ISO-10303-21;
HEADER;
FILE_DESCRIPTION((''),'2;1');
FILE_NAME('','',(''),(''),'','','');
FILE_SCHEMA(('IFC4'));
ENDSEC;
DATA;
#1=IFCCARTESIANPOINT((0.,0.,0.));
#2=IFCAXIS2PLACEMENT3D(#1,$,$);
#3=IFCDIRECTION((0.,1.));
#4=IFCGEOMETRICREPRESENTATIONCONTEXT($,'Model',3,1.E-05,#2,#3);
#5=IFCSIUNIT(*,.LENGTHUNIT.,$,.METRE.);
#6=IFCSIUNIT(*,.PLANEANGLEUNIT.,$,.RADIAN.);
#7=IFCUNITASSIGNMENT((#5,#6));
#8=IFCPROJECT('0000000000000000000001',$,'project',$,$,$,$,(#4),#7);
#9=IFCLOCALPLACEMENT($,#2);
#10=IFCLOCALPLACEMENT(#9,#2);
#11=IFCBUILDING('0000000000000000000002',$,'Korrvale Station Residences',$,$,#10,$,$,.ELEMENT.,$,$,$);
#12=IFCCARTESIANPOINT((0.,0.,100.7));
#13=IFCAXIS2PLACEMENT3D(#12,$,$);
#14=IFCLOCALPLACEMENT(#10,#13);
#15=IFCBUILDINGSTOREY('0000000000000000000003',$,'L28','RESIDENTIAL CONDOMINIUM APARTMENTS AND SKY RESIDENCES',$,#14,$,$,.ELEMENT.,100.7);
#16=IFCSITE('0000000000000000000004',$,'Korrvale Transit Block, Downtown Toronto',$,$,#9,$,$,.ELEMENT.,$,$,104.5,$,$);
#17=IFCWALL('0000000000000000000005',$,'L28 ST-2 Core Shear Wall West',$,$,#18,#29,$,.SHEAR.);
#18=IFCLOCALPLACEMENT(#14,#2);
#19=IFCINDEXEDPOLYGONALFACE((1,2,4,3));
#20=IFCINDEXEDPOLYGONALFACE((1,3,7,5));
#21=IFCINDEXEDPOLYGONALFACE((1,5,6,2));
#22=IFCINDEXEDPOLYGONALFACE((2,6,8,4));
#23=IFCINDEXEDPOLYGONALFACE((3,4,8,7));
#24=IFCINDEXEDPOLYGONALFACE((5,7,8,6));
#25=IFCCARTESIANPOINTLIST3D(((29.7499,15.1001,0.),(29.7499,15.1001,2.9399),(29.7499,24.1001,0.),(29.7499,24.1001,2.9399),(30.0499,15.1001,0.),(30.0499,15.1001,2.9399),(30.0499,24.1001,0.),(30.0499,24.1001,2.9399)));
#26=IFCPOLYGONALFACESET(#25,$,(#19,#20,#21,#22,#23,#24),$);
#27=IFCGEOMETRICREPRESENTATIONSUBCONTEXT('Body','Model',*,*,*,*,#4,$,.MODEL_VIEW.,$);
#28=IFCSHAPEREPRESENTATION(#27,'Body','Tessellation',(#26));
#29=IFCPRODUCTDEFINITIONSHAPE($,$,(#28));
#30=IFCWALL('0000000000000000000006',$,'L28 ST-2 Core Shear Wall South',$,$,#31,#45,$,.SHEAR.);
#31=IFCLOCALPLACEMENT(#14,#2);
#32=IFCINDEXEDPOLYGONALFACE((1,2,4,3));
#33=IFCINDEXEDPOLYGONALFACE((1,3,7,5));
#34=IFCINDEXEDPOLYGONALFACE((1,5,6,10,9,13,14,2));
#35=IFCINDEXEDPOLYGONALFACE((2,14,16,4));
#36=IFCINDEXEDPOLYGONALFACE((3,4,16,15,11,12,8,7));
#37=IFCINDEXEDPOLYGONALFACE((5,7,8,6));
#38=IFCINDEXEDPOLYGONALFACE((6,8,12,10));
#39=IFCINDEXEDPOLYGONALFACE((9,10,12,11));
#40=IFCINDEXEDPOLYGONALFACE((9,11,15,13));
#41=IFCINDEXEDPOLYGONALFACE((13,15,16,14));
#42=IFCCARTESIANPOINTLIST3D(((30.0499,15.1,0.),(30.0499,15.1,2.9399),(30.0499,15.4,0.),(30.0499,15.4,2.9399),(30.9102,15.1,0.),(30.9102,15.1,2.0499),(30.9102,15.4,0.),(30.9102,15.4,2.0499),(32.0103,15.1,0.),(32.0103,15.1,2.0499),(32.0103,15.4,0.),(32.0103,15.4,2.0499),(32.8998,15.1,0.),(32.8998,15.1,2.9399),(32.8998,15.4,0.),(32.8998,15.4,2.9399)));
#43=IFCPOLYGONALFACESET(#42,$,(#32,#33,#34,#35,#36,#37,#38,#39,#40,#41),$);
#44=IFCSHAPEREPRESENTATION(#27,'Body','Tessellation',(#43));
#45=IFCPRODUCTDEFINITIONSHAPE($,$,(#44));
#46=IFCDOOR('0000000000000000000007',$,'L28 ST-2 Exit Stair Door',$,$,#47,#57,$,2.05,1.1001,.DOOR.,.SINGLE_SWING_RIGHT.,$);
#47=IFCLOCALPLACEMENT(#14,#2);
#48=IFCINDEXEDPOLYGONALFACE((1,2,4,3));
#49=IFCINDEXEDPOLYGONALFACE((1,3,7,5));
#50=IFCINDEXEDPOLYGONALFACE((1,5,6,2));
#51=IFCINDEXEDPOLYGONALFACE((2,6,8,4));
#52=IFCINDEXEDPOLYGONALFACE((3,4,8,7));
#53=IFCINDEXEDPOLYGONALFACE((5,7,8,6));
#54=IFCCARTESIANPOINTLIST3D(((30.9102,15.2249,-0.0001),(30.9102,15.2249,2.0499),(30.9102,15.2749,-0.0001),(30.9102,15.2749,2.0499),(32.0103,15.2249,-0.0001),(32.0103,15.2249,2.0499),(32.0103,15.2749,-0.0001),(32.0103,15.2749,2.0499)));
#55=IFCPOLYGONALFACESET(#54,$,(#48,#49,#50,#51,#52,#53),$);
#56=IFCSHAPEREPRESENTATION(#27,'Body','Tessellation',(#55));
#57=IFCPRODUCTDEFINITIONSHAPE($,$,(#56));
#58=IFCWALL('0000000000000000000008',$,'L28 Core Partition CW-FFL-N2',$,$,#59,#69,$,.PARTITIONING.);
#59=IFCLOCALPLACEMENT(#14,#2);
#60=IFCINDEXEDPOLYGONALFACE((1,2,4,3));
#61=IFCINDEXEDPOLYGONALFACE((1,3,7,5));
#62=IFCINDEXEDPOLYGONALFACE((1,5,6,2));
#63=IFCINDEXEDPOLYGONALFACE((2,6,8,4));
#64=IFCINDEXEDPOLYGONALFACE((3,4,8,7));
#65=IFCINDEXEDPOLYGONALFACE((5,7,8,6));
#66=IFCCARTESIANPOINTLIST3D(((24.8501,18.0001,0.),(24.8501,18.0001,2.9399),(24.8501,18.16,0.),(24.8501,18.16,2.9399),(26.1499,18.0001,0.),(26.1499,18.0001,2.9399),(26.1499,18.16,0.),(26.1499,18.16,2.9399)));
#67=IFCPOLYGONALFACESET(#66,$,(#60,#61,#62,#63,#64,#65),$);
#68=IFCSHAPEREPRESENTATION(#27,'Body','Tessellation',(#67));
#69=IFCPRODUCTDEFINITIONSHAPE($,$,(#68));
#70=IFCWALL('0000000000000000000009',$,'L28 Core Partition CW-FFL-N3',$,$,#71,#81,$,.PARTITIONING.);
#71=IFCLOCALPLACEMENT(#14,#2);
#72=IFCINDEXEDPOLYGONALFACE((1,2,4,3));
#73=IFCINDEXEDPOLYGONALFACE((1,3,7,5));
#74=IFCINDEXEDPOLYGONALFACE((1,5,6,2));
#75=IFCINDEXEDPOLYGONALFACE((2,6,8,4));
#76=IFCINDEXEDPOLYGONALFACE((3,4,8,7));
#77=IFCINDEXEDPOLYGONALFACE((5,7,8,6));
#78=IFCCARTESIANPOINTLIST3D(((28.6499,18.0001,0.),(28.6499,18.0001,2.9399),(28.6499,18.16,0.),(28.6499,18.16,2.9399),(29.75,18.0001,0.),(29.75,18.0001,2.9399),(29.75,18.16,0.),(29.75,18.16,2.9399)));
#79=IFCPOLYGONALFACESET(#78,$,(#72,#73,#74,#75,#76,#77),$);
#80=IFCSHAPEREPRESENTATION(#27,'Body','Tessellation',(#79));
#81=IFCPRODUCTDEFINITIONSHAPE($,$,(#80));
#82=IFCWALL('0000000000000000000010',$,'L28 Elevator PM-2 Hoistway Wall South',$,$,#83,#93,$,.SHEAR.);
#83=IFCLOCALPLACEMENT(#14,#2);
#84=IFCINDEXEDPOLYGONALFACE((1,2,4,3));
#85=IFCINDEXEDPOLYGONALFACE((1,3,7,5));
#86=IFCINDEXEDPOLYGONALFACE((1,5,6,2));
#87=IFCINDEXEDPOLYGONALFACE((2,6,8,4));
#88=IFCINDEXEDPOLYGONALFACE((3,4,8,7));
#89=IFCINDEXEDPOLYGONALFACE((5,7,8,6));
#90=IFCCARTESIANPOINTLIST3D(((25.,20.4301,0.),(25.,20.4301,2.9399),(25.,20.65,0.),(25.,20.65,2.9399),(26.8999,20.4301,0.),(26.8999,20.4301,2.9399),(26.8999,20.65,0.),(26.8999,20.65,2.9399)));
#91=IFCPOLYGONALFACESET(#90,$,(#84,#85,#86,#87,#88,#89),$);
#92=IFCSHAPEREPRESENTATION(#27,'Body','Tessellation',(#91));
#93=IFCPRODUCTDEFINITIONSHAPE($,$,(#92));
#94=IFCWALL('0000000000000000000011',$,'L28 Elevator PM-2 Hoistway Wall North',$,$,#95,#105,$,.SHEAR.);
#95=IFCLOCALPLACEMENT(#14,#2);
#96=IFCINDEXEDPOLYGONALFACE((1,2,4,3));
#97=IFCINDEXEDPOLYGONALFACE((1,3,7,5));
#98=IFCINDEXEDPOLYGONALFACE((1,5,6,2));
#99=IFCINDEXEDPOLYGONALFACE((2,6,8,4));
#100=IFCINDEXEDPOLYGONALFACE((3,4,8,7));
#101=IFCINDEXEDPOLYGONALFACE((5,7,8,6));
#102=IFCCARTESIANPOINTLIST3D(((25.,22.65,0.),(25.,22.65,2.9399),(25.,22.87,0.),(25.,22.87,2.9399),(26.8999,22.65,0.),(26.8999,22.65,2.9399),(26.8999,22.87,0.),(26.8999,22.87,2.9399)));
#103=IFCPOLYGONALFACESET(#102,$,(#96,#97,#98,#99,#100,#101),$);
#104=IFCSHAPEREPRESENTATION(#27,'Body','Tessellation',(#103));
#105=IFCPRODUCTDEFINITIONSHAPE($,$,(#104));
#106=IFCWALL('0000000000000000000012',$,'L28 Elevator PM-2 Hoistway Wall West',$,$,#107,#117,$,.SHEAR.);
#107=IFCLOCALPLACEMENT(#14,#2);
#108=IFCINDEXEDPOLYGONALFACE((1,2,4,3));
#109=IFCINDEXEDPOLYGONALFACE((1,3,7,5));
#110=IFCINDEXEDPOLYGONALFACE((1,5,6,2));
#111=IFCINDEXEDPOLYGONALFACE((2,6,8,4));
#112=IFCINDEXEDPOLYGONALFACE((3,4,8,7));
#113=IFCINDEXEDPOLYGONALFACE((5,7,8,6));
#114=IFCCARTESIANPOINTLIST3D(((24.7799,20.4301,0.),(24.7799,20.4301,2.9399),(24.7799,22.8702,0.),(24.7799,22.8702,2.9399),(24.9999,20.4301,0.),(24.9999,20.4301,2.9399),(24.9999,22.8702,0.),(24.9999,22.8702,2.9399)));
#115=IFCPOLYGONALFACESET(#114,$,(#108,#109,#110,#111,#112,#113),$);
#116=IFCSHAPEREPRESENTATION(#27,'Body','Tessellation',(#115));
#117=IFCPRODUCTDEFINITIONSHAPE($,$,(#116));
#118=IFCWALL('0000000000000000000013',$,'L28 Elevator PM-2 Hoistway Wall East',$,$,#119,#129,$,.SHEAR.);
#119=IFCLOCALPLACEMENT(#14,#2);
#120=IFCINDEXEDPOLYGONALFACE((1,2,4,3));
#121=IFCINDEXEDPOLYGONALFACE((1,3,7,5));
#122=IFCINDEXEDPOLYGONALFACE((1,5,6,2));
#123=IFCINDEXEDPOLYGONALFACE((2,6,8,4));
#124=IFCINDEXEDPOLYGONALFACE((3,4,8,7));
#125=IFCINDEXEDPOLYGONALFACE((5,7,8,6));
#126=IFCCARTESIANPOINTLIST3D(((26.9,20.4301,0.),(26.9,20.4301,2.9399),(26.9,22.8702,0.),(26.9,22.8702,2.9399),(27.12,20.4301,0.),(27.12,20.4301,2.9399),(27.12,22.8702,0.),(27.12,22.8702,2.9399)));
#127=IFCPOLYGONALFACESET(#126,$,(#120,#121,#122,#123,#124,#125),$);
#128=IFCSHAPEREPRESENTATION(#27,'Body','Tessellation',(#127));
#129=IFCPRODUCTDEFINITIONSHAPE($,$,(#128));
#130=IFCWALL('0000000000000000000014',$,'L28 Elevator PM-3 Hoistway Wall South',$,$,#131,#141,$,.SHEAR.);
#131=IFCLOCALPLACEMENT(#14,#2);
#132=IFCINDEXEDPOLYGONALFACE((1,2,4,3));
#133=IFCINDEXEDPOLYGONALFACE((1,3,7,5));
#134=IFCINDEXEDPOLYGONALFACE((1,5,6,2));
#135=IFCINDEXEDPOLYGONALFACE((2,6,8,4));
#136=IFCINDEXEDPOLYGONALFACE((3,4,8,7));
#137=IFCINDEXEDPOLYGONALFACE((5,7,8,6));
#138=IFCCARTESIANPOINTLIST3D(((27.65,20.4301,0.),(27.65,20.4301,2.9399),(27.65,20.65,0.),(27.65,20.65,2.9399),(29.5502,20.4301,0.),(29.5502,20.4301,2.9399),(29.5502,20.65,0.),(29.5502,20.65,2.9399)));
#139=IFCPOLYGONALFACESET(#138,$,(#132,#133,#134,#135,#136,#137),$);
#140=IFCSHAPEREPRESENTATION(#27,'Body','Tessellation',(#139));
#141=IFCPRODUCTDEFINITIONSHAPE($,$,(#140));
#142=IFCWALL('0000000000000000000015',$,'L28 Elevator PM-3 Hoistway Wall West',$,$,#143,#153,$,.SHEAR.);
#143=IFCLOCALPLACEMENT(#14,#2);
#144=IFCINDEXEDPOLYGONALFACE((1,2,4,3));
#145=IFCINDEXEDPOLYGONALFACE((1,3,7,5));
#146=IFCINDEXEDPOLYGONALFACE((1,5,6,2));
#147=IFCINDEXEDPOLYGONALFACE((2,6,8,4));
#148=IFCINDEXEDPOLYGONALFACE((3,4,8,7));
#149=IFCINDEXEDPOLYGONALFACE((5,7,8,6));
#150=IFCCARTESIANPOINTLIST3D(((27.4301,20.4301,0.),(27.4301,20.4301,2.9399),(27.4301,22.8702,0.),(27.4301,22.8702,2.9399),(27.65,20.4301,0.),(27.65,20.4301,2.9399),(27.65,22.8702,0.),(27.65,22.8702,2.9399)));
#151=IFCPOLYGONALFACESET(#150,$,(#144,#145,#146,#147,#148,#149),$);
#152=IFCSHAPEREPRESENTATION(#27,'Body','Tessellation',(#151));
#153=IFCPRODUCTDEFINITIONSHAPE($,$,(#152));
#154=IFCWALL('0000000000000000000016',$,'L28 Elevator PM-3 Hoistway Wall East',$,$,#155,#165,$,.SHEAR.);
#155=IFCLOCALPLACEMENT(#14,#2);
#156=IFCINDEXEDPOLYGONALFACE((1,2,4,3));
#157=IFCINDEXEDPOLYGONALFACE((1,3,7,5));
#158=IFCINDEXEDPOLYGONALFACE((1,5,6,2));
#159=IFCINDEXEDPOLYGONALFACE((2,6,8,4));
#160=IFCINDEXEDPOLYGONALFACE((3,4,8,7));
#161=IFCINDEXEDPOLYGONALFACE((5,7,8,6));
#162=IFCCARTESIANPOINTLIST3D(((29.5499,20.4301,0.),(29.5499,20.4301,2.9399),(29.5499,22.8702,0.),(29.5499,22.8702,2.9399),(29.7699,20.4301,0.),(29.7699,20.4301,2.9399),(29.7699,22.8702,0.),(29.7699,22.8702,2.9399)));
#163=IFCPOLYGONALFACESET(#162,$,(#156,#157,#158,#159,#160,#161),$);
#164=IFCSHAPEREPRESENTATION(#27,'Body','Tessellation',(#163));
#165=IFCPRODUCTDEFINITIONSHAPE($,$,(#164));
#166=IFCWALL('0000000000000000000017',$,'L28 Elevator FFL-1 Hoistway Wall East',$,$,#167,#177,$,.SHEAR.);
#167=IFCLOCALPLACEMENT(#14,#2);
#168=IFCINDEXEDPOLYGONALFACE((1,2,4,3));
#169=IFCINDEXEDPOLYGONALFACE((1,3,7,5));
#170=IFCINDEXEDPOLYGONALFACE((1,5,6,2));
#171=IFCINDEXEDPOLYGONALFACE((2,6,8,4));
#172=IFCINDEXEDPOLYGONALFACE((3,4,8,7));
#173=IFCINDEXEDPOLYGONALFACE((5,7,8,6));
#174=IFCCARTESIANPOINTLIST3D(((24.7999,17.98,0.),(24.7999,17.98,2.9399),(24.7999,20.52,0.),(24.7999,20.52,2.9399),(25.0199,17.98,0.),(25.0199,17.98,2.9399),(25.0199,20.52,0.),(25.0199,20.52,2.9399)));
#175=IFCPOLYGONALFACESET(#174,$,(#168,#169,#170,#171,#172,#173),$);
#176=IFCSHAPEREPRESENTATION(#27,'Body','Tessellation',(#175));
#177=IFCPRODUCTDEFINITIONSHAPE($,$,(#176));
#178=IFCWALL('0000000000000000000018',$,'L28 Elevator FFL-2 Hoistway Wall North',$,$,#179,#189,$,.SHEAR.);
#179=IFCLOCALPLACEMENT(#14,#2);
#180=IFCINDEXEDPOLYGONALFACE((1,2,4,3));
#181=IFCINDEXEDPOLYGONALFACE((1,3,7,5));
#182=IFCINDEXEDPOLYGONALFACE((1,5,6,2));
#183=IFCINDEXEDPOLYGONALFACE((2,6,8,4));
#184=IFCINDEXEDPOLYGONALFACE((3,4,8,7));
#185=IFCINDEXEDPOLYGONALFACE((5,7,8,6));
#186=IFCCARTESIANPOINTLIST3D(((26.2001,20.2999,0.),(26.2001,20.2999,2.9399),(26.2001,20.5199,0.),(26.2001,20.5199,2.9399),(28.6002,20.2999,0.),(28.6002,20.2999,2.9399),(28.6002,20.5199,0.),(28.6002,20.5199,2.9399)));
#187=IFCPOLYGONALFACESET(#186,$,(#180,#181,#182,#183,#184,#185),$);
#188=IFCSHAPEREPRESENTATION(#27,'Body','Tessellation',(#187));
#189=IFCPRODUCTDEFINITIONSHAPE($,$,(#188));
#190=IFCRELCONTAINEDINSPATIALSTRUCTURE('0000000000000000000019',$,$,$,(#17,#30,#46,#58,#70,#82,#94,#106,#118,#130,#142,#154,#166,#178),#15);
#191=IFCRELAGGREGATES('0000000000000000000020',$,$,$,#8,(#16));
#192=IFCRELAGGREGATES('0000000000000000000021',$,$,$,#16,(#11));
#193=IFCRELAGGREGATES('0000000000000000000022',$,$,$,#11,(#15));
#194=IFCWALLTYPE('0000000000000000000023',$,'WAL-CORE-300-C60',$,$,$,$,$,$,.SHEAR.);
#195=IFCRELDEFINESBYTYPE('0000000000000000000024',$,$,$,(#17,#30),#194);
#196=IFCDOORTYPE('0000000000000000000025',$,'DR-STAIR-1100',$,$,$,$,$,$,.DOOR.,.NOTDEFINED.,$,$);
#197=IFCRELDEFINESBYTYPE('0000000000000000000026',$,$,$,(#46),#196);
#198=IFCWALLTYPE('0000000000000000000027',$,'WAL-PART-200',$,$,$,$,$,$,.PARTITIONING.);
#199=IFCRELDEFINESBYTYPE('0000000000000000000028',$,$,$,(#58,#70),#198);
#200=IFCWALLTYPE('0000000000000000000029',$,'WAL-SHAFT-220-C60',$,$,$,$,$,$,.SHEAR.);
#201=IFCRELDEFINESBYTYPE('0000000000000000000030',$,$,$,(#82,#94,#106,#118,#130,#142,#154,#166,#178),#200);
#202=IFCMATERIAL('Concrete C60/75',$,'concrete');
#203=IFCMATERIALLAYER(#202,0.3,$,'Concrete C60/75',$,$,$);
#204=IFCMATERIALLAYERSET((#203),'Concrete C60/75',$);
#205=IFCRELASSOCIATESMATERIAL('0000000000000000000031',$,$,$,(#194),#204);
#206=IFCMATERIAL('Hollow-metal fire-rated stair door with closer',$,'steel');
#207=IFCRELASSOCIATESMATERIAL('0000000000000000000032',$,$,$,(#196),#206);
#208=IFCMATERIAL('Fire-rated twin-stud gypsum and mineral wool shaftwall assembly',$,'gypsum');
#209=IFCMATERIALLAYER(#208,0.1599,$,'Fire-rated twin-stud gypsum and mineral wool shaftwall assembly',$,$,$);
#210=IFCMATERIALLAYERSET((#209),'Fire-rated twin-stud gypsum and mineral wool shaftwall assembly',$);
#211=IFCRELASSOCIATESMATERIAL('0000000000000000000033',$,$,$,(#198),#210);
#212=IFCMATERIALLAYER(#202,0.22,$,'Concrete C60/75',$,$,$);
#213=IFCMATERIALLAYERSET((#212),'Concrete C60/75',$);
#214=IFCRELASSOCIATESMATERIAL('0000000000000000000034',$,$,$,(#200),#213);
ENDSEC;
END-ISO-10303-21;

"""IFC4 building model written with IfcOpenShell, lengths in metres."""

from ifc_helpers import new_model, si_unit, direction, frame, frame_2d, origin, place, context, subcontext, project, spatial, rectangle, extrude, material, layer, layer_set, type_object, element, fill, save


model = new_model("IFC4")

# Units and contexts
model_context = context("Model", 3, precision=1e-05, world=origin(), true_north=direction((0.0, 1.0)))
body_context = subcontext(model_context, "Body", "Model", "MODEL_VIEW")
ifc_project = project(units=[si_unit("LENGTHUNIT", "METRE"), si_unit("PLANEANGLEUNIT", "RADIAN")], contexts=[model_context])

# Site, building, storey
site_placement = place(None, origin())
site = spatial("IfcSite", under=ifc_project, at=site_placement, Name="Korrvale Transit Block, Downtown Toronto", CompositionType="ELEMENT", RefElevation=104.5)
building_placement = place(site_placement, origin())
building = spatial("IfcBuilding", under=site, at=building_placement, Name="Korrvale Station Residences", CompositionType="ELEMENT")
storey_placement = place(building_placement, frame((0.0, 0.0, 100.7)))
storey = spatial("IfcBuildingStorey", under=building, at=storey_placement, Name="L28", Description="RESIDENTIAL CONDOMINIUM APARTMENTS AND SKY RESIDENCES", CompositionType="ELEMENT", Elevation=100.7)

# Wall
ifc_material_1 = material(Name="Concrete C60/75", Category="concrete")
ifc_layer_1 = layer(ifc_material_1, 0.3, Name="Concrete C60/75")
ifc_layer_set_1 = layer_set([ifc_layer_1], Name="Concrete C60/75")
wall_type_1 = type_object("IfcWallType", Name="WAL-CORE-300-C60", PredefinedType="SHEAR", material=ifc_layer_set_1)
wall_1_placement = place(storey_placement, frame((29.8999, 15.1001, 0.0), z_axis=(0.0, 0.0, 1.0), x_axis=(0.0, 1.0, 0.0)))
element("IfcWall", 1, at=wall_1_placement, inside=storey, type_object=wall_type_1, Name="L28 ST-2 Core Shear Wall West", PredefinedType="SHEAR", context=body_context, shape_type="SweptSolid", body=[
    extrude(rectangle(XDim=9.0, YDim=0.3, at=frame_2d((4.5, 0.0))), origin(), (0.0, 0.0, 1.0), 2.9399),
])

# Wall, opening, door
wall_2_placement = place(storey_placement, frame((30.05, 15.25, 0.0), z_axis=(0.0, 0.0, 1.0), x_axis=(1.0, 0.0, 0.0)))
wall_2 = element("IfcWall", 2, at=wall_2_placement, inside=storey, type_object=wall_type_1, Name="L28 ST-2 Core Shear Wall South", PredefinedType="SHEAR", context=body_context, shape_type="SweptSolid", body=[
    extrude(rectangle(XDim=2.8499, YDim=0.3, at=frame_2d((1.4248, 0.0))), origin(), (0.0, 0.0, 1.0), 2.9399),
])
opening_1_placement = place(wall_2_placement, frame((0.8601, 0.0, 0.0)))
opening_1 = element("IfcOpeningElement", 3, at=opening_1_placement, cuts=wall_2, PredefinedType="OPENING", context=body_context, shape_type="SweptSolid", body=[
    extrude(rectangle(XDim=1.1001, YDim=2.05, at=frame_2d((0.55, 1.0249))), frame((0.0, 0.1602, 0.0), z_axis=(0.0, -1.0, 0.0), x_axis=(1.0, 0.0, 0.0)), (0.0, 0.0, 1.0), 0.3201),
])
ifc_material_2 = material(Name="Hollow-metal fire-rated stair door with closer", Category="steel")
door_type_1 = type_object("IfcDoorType", Name="DR-STAIR-1100", OperationType="NOTDEFINED", PredefinedType="DOOR", material=ifc_material_2)
door_1_placement = place(opening_1_placement, origin())
door_1 = element("IfcDoor", 4, at=door_1_placement, inside=storey, type_object=door_type_1, Name="L28 ST-2 Exit Stair Door", OperationType="SINGLE_SWING_RIGHT", OverallHeight=2.05, OverallWidth=1.1001, PredefinedType="DOOR", context=body_context, shape_type="SweptSolid", body=[
    extrude(rectangle(XDim=1.1001, YDim=2.05, at=frame_2d((0.55, 1.0249))), frame((0.0, 0.0249, 0.0), z_axis=(0.0, -1.0, 0.0), x_axis=(1.0, 0.0, 0.0)), (0.0, 0.0, 1.0), 0.05),
])
fill(opening_1, door_1)

# Walls
ifc_material_3 = material(Name="Fire-rated twin-stud gypsum and mineral wool shaftwall assembly", Category="gypsum")
ifc_layer_2 = layer(ifc_material_3, 0.1599, Name="Fire-rated twin-stud gypsum and mineral wool shaftwall assembly")
ifc_layer_set_2 = layer_set([ifc_layer_2], Name="Fire-rated twin-stud gypsum and mineral wool shaftwall assembly")
wall_type_2 = type_object("IfcWallType", Name="WAL-PART-200", PredefinedType="PARTITIONING", material=ifc_layer_set_2)
wall_3_placement = place(storey_placement, frame((24.8501, 18.0801, 0.0), z_axis=(0.0, 0.0, 1.0), x_axis=(1.0, 0.0, 0.0)))
element("IfcWall", 5, at=wall_3_placement, inside=storey, type_object=wall_type_2, Name="L28 Core Partition CW-FFL-N2", PredefinedType="PARTITIONING", context=body_context, shape_type="SweptSolid", body=[
    extrude(rectangle(XDim=1.2998, YDim=0.1599, at=frame_2d((0.6499, 0.0))), origin(), (0.0, 0.0, 1.0), 2.9399),
])
wall_4_placement = place(storey_placement, frame((28.6499, 18.0801, 0.0), z_axis=(0.0, 0.0, 1.0), x_axis=(1.0, 0.0, 0.0)))
element("IfcWall", 6, at=wall_4_placement, inside=storey, type_object=wall_type_2, Name="L28 Core Partition CW-FFL-N3", PredefinedType="PARTITIONING", context=body_context, shape_type="SweptSolid", body=[
    extrude(rectangle(XDim=1.1001, YDim=0.1599, at=frame_2d((0.55, 0.0))), origin(), (0.0, 0.0, 1.0), 2.9399),
])
ifc_layer_3 = layer(ifc_material_1, 0.22, Name="Concrete C60/75")
ifc_layer_set_3 = layer_set([ifc_layer_3], Name="Concrete C60/75")
wall_type_3 = type_object("IfcWallType", Name="WAL-SHAFT-220-C60", PredefinedType="SHEAR", material=ifc_layer_set_3)
for number, where, z_axis, x_axis, name in (
    (7, (25.0, 20.54, 0.0), (0.0, 0.0, 1.0), (1.0, 0.0, 0.0), "L28 Elevator PM-2 Hoistway Wall South"),
    (8, (25.0, 22.76, 0.0), (0.0, 0.0, 1.0), (1.0, 0.0, 0.0), "L28 Elevator PM-2 Hoistway Wall North"),
):
    element("IfcWall", number, at=place(storey_placement, frame(where, z_axis=z_axis, x_axis=x_axis)), inside=storey, type_object=wall_type_3, Name=name, PredefinedType="SHEAR", context=body_context, shape_type="SweptSolid", body=[
        extrude(rectangle(XDim=1.8999, YDim=0.22, at=frame_2d((0.95, 0.0))), origin(), (0.0, 0.0, 1.0), 2.9399),
    ])
for number, where, z_axis, x_axis, name in (
    (9, (24.8899, 20.4299, 0.0), (0.0, 0.0, 1.0), (0.0, 1.0, 0.0), "L28 Elevator PM-2 Hoistway Wall West"),
    (10, (27.01, 20.4299, 0.0), (0.0, 0.0, 1.0), (0.0, 1.0, 0.0), "L28 Elevator PM-2 Hoistway Wall East"),
):
    element("IfcWall", number, at=place(storey_placement, frame(where, z_axis=z_axis, x_axis=x_axis)), inside=storey, type_object=wall_type_3, Name=name, PredefinedType="SHEAR", context=body_context, shape_type="SweptSolid", body=[
        extrude(rectangle(XDim=2.4402, YDim=0.22, at=frame_2d((1.2202, 0.0))), origin(), (0.0, 0.0, 1.0), 2.9399),
    ])
wall_5_placement = place(storey_placement, frame((27.6499, 20.54, 0.0), z_axis=(0.0, 0.0, 1.0), x_axis=(1.0, 0.0, 0.0)))
element("IfcWall", 11, at=wall_5_placement, inside=storey, type_object=wall_type_3, Name="L28 Elevator PM-3 Hoistway Wall South", PredefinedType="SHEAR", context=body_context, shape_type="SweptSolid", body=[
    extrude(rectangle(XDim=1.9001, YDim=0.22, at=frame_2d((0.9502, 0.0))), origin(), (0.0, 0.0, 1.0), 2.9399),
])
for number, where, z_axis, x_axis, name in (
    (12, (27.54, 20.4299, 0.0), (0.0, 0.0, 1.0), (0.0, 1.0, 0.0), "L28 Elevator PM-3 Hoistway Wall West"),
    (13, (29.6599, 20.4299, 0.0), (0.0, 0.0, 1.0), (0.0, 1.0, 0.0), "L28 Elevator PM-3 Hoistway Wall East"),
):
    element("IfcWall", number, at=place(storey_placement, frame(where, z_axis=z_axis, x_axis=x_axis)), inside=storey, type_object=wall_type_3, Name=name, PredefinedType="SHEAR", context=body_context, shape_type="SweptSolid", body=[
        extrude(rectangle(XDim=2.4402, YDim=0.22, at=frame_2d((1.2202, 0.0))), origin(), (0.0, 0.0, 1.0), 2.9399),
    ])
wall_6_placement = place(storey_placement, frame((24.9099, 17.98, 0.0), z_axis=(0.0, 0.0, 1.0), x_axis=(0.0, 1.0, 0.0)))
element("IfcWall", 14, at=wall_6_placement, inside=storey, type_object=wall_type_3, Name="L28 Elevator FFL-1 Hoistway Wall East", PredefinedType="SHEAR", context=body_context, shape_type="SweptSolid", body=[
    extrude(rectangle(XDim=2.54, YDim=0.22, at=frame_2d((1.27, 0.0))), origin(), (0.0, 0.0, 1.0), 2.9399),
])

# Wall
wall_7_placement = place(storey_placement, frame((26.2, 20.4099, 0.0), z_axis=(0.0, 0.0, 1.0), x_axis=(1.0, 0.0, 0.0)))
element("IfcWall", 15, at=wall_7_placement, inside=storey, type_object=wall_type_3, Name="L28 Elevator FFL-2 Hoistway Wall North", PredefinedType="SHEAR", context=body_context, shape_type="SweptSolid", body=[
    extrude(rectangle(XDim=2.4001, YDim=0.22, at=frame_2d((1.2002, 0.0))), origin(), (0.0, 0.0, 1.0), 2.9399),
])

save(model, "model.ifc")
